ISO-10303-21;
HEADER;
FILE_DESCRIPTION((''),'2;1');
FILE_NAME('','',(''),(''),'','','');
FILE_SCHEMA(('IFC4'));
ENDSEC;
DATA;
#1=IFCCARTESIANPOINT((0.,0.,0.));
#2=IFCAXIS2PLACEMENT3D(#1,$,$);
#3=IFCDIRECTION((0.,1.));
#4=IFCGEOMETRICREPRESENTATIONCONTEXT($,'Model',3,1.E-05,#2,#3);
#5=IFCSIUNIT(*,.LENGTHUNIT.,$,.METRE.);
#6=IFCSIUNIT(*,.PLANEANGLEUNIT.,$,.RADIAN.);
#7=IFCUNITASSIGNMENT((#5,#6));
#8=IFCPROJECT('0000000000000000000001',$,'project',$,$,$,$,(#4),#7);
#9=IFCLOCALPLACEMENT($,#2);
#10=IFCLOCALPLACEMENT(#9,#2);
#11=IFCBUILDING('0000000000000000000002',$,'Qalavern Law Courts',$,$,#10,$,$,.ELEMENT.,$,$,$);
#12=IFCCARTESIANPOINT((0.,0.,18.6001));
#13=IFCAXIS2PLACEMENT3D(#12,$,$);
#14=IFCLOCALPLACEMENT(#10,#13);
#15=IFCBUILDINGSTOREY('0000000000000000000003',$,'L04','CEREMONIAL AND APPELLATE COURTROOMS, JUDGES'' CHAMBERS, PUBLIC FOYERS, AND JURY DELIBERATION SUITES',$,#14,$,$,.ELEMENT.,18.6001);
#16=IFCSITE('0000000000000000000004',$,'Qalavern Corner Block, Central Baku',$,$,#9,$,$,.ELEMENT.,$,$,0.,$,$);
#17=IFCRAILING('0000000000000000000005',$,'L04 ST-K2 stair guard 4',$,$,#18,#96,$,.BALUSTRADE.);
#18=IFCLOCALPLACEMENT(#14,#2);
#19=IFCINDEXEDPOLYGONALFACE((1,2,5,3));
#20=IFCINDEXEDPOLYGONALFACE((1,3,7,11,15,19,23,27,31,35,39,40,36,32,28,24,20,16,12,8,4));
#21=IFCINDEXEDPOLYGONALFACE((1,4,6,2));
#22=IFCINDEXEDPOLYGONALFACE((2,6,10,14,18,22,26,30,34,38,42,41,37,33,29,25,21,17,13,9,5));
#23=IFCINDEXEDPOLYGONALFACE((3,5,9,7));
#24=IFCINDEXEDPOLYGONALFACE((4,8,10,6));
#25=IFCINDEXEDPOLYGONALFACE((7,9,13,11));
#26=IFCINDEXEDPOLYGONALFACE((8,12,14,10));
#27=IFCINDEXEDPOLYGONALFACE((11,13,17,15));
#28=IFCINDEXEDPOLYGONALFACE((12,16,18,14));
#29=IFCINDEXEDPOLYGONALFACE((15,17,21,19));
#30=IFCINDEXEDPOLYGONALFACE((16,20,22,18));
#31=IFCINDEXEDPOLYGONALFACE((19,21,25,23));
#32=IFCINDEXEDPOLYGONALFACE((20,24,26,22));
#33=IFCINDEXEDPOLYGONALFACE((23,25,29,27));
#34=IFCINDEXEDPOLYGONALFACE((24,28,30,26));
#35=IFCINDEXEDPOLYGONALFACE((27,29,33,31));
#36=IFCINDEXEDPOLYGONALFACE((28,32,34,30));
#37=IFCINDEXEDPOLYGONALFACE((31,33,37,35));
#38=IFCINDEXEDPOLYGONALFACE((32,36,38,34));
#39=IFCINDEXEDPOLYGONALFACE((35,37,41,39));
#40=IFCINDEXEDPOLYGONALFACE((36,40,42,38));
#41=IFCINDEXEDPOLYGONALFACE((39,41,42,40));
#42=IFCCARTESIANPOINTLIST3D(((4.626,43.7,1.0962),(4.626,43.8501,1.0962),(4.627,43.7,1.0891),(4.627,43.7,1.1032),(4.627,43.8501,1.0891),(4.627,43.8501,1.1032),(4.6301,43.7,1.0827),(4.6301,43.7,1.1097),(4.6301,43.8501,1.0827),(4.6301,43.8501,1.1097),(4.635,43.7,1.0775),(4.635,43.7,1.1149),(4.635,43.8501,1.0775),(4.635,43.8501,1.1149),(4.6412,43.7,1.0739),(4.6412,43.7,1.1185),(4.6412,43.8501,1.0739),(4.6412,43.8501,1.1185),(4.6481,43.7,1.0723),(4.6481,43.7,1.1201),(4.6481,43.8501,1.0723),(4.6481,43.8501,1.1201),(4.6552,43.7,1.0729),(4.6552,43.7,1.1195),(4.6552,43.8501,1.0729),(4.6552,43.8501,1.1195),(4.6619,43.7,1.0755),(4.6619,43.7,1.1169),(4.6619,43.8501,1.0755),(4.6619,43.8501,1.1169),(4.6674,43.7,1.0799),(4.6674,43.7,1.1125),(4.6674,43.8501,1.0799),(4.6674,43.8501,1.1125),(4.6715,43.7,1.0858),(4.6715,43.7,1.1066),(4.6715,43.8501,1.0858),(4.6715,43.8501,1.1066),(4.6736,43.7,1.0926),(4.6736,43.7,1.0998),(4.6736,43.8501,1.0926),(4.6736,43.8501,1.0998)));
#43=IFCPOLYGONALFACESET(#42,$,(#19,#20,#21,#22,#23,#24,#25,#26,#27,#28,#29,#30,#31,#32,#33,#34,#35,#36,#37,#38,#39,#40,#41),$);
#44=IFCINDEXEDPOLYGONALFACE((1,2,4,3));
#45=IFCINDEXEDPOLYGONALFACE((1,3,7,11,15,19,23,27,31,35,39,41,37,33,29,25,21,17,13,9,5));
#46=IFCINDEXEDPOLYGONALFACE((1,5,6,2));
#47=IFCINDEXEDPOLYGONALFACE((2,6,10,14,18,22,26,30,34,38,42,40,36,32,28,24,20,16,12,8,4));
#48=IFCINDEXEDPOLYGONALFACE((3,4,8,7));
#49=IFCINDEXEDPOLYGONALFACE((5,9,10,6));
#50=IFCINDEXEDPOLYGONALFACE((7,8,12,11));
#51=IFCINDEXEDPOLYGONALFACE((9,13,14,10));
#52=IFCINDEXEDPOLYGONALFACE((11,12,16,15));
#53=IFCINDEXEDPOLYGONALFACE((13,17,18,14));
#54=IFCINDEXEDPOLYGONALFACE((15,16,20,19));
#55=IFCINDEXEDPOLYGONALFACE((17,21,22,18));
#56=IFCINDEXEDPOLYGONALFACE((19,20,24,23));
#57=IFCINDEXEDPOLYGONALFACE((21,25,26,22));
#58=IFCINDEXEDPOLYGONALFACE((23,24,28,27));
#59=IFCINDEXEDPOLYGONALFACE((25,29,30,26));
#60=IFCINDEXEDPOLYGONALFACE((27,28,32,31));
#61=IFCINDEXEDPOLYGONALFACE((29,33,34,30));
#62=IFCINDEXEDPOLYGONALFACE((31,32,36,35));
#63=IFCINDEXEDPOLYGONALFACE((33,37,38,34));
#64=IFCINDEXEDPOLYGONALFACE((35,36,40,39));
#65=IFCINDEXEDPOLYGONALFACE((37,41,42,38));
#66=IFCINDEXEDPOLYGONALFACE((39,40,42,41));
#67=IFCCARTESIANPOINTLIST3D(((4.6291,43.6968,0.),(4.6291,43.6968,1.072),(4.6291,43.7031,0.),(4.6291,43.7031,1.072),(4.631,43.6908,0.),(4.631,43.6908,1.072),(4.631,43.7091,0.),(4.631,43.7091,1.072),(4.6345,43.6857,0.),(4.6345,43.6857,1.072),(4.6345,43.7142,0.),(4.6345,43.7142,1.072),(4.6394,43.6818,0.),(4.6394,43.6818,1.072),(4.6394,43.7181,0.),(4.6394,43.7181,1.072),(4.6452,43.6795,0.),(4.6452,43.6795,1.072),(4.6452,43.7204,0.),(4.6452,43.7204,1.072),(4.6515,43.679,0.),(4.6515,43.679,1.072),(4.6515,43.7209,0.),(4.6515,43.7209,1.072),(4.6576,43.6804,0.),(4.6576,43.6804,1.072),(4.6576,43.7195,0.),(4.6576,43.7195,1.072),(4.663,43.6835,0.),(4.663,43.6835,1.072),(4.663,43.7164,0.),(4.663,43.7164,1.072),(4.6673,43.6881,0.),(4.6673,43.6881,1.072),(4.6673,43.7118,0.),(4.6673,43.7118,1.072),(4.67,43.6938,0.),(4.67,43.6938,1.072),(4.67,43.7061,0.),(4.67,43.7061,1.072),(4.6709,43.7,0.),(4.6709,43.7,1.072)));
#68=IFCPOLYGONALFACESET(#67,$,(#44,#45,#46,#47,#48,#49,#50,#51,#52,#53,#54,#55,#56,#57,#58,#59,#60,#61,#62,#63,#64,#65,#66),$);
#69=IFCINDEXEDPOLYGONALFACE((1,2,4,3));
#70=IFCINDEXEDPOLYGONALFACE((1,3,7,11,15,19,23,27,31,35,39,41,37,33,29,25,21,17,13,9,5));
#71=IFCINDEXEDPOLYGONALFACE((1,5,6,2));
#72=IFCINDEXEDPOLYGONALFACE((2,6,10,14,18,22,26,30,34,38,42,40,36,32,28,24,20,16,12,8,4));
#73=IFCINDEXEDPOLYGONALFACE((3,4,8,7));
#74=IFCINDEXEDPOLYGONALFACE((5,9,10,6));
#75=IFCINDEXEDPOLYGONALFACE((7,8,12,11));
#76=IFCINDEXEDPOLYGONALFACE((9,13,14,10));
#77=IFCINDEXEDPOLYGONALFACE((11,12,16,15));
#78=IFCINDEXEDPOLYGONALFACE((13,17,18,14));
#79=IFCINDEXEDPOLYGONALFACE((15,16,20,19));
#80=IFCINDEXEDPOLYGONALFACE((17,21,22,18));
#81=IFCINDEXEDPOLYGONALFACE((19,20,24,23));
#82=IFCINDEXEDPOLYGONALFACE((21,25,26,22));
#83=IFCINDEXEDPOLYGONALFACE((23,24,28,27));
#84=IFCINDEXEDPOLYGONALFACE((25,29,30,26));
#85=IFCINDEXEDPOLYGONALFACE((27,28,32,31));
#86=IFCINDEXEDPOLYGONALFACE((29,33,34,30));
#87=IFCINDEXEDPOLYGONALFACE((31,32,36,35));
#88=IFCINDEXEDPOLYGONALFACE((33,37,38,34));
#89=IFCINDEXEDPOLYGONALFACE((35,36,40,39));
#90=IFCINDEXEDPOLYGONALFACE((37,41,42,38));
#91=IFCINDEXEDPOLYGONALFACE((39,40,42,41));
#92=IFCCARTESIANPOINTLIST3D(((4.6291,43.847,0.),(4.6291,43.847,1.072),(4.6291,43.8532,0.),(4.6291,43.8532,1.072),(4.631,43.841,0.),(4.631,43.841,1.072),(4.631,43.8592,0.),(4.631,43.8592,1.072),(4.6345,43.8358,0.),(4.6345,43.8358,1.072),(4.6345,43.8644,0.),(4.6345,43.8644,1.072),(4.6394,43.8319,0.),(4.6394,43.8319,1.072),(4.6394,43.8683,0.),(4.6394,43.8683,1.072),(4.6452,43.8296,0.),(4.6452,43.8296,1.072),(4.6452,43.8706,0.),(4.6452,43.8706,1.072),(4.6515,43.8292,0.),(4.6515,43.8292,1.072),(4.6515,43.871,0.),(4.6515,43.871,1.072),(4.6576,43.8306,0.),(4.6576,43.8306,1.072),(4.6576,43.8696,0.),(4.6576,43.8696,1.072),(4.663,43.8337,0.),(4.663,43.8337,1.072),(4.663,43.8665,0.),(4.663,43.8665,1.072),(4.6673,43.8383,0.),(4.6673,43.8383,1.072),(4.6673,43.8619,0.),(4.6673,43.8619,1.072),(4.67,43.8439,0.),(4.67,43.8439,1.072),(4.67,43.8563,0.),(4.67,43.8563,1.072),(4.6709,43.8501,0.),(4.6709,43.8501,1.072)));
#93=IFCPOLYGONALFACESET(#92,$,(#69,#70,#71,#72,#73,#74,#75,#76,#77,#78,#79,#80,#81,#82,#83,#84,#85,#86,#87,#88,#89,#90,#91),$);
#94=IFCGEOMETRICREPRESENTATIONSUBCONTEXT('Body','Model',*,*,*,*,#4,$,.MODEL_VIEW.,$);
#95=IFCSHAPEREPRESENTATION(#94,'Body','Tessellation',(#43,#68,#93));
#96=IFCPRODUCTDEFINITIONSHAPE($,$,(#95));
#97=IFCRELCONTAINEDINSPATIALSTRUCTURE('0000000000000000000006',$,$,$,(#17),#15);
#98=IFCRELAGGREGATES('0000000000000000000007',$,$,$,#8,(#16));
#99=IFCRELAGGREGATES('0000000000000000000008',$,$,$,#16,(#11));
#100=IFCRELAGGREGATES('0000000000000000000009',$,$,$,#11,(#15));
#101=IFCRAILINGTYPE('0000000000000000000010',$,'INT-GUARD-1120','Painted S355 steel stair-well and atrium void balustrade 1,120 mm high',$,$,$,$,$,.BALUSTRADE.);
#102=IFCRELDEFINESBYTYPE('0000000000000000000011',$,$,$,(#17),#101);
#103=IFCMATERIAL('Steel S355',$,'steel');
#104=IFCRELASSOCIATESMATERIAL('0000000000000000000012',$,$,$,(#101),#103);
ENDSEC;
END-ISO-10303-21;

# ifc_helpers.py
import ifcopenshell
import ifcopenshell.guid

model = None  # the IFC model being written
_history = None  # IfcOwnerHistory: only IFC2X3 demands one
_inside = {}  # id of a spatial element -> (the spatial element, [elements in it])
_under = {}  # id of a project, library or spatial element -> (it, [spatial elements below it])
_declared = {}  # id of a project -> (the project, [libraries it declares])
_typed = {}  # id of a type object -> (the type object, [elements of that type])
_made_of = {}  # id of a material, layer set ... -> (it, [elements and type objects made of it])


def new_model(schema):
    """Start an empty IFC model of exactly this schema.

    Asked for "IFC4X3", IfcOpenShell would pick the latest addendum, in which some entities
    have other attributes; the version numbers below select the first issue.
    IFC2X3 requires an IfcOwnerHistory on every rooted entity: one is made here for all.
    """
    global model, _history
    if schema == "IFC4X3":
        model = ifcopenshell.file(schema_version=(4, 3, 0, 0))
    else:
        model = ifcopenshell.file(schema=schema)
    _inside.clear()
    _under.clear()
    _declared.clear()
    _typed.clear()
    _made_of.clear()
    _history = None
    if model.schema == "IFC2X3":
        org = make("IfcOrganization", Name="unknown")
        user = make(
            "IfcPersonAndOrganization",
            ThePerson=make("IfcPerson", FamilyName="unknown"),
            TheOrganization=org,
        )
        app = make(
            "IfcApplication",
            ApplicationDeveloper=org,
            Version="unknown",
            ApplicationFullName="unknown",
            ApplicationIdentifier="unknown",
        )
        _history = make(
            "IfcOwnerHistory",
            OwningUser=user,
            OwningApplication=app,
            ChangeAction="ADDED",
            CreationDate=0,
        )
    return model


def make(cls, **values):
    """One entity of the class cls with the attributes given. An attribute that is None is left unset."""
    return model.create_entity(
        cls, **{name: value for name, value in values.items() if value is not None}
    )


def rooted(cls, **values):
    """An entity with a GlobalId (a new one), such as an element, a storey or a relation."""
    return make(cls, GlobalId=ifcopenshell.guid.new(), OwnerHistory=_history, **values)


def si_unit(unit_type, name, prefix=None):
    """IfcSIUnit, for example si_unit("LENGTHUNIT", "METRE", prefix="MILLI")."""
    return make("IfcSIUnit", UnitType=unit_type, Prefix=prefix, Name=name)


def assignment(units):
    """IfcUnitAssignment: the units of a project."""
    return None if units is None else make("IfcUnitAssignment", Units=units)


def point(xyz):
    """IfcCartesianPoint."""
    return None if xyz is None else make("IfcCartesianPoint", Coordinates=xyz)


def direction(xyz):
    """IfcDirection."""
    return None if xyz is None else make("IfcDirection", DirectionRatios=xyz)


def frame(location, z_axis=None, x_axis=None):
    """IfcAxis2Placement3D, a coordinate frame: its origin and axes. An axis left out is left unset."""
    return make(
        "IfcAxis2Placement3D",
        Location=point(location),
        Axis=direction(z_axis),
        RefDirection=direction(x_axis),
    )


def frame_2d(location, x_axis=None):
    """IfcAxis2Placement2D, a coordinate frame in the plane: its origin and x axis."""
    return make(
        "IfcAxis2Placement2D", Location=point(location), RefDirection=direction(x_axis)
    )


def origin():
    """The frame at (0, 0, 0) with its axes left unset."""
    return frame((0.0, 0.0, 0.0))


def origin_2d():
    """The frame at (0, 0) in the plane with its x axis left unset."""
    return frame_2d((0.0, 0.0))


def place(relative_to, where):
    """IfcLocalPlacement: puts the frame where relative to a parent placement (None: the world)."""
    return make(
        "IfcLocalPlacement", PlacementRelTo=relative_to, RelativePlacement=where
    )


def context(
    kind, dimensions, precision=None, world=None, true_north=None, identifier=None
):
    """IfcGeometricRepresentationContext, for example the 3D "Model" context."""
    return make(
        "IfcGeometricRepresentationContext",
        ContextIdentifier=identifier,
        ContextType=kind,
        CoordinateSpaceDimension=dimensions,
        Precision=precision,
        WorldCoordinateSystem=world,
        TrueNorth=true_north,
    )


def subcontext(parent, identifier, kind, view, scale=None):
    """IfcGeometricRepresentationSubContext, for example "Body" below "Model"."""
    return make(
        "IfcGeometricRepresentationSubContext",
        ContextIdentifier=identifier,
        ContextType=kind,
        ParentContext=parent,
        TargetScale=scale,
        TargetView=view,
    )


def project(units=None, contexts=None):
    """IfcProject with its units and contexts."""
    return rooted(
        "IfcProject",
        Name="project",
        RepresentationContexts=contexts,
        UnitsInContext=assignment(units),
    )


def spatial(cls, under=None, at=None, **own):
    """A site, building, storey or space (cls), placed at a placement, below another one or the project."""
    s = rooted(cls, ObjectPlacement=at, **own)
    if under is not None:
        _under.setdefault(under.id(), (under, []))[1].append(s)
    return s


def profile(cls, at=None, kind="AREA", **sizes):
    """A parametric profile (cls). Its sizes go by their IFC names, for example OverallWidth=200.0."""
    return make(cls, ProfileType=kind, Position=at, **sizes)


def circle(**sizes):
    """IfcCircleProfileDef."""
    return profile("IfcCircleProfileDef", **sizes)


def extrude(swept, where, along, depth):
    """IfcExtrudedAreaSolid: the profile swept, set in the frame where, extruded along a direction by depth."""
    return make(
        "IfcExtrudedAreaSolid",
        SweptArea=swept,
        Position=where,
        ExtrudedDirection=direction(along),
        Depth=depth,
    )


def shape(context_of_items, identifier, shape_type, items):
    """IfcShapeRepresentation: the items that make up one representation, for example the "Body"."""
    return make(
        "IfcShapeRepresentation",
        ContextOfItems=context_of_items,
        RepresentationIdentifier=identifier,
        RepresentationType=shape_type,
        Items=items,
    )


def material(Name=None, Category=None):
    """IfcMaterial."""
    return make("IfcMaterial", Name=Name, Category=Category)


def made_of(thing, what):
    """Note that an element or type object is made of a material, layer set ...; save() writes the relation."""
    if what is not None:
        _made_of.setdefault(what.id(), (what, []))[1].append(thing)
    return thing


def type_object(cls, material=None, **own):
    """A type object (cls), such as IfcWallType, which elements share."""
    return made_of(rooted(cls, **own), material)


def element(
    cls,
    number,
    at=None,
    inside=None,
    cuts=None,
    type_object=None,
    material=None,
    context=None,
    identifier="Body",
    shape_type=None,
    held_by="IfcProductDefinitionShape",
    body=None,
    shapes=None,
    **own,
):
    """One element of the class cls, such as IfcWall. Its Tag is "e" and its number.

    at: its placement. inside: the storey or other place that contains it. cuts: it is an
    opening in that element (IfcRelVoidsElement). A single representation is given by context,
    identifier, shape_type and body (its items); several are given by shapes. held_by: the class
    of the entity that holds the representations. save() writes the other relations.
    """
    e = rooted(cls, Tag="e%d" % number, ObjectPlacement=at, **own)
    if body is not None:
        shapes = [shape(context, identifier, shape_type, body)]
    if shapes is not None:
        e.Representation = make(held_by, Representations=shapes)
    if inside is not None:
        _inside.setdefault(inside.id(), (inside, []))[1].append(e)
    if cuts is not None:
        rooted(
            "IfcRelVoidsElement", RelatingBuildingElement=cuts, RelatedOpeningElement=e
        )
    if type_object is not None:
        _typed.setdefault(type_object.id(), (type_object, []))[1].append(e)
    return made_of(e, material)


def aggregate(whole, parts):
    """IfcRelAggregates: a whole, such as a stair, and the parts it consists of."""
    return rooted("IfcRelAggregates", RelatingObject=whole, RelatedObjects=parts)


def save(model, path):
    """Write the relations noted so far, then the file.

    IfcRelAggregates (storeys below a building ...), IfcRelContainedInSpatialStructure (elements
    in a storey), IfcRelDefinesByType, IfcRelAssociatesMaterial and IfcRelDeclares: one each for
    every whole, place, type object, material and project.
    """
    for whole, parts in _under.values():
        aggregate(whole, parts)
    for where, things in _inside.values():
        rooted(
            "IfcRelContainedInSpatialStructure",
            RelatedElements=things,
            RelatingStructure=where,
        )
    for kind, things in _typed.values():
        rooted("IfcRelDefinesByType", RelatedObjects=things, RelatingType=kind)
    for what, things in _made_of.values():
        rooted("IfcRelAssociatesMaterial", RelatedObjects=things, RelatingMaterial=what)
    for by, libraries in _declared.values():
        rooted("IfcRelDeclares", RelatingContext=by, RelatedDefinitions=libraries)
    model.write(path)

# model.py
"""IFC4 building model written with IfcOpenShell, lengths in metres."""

from ifc_helpers import new_model, si_unit, direction, frame, origin, origin_2d, place, context, subcontext, project, spatial, circle, extrude, material, type_object, element, save


model = new_model("IFC4")

# Units and contexts
model_context = context("Model", 3, precision=1e-05, world=origin(), true_north=direction((0.0, 1.0)))
body_context = subcontext(model_context, "Body", "Model", "MODEL_VIEW")
ifc_project = project(units=[si_unit("LENGTHUNIT", "METRE"), si_unit("PLANEANGLEUNIT", "RADIAN")], contexts=[model_context])

# Site, building, storey
site_placement = place(None, origin())
site = spatial("IfcSite", under=ifc_project, at=site_placement, Name="Qalavern Corner Block, Central Baku", CompositionType="ELEMENT", RefElevation=0.0)
building_placement = place(site_placement, origin())
building = spatial("IfcBuilding", under=site, at=building_placement, Name="Qalavern Law Courts", CompositionType="ELEMENT")
storey_placement = place(building_placement, frame((0.0, 0.0, 18.6001)))
storey = spatial("IfcBuildingStorey", under=building, at=storey_placement, Name="L04", Description="CEREMONIAL AND APPELLATE COURTROOMS, JUDGES' CHAMBERS, PUBLIC FOYERS, AND JURY DELIBERATION SUITES", CompositionType="ELEMENT", Elevation=18.6001)

# Railing
ifc_material_1 = material(Name="Steel S355", Category="steel")
railing_type_1 = type_object("IfcRailingType", Name="INT-GUARD-1120", Description="Painted S355 steel stair-well and atrium void balustrade 1,120 mm high", PredefinedType="BALUSTRADE", material=ifc_material_1)
railing_1_placement = place(storey_placement, frame((4.6499, 43.7, 0.0)))
element("IfcRailing", 1, at=railing_1_placement, inside=storey, type_object=railing_type_1, Name="L04 ST-K2 stair guard 4", PredefinedType="BALUSTRADE", context=body_context, shape_type="SweptSolid", body=[
    extrude(circle(Radius=0.0239, at=origin_2d()), frame((0.0, 0.0, 1.0962), z_axis=(0.0, 1.0, 0.0), x_axis=(-1.0, 0.0, 0.0)), (0.0, 0.0, 1.0), 0.1501),
    extrude(circle(Radius=0.021, at=origin_2d()), origin(), (0.0, 0.0, 1.0), 1.072),
    extrude(circle(Radius=0.021, at=origin_2d()), frame((0.0, 0.1501, 0.0)), (0.0, 0.0, 1.0), 1.072),
])

save(model, "model.ifc")
